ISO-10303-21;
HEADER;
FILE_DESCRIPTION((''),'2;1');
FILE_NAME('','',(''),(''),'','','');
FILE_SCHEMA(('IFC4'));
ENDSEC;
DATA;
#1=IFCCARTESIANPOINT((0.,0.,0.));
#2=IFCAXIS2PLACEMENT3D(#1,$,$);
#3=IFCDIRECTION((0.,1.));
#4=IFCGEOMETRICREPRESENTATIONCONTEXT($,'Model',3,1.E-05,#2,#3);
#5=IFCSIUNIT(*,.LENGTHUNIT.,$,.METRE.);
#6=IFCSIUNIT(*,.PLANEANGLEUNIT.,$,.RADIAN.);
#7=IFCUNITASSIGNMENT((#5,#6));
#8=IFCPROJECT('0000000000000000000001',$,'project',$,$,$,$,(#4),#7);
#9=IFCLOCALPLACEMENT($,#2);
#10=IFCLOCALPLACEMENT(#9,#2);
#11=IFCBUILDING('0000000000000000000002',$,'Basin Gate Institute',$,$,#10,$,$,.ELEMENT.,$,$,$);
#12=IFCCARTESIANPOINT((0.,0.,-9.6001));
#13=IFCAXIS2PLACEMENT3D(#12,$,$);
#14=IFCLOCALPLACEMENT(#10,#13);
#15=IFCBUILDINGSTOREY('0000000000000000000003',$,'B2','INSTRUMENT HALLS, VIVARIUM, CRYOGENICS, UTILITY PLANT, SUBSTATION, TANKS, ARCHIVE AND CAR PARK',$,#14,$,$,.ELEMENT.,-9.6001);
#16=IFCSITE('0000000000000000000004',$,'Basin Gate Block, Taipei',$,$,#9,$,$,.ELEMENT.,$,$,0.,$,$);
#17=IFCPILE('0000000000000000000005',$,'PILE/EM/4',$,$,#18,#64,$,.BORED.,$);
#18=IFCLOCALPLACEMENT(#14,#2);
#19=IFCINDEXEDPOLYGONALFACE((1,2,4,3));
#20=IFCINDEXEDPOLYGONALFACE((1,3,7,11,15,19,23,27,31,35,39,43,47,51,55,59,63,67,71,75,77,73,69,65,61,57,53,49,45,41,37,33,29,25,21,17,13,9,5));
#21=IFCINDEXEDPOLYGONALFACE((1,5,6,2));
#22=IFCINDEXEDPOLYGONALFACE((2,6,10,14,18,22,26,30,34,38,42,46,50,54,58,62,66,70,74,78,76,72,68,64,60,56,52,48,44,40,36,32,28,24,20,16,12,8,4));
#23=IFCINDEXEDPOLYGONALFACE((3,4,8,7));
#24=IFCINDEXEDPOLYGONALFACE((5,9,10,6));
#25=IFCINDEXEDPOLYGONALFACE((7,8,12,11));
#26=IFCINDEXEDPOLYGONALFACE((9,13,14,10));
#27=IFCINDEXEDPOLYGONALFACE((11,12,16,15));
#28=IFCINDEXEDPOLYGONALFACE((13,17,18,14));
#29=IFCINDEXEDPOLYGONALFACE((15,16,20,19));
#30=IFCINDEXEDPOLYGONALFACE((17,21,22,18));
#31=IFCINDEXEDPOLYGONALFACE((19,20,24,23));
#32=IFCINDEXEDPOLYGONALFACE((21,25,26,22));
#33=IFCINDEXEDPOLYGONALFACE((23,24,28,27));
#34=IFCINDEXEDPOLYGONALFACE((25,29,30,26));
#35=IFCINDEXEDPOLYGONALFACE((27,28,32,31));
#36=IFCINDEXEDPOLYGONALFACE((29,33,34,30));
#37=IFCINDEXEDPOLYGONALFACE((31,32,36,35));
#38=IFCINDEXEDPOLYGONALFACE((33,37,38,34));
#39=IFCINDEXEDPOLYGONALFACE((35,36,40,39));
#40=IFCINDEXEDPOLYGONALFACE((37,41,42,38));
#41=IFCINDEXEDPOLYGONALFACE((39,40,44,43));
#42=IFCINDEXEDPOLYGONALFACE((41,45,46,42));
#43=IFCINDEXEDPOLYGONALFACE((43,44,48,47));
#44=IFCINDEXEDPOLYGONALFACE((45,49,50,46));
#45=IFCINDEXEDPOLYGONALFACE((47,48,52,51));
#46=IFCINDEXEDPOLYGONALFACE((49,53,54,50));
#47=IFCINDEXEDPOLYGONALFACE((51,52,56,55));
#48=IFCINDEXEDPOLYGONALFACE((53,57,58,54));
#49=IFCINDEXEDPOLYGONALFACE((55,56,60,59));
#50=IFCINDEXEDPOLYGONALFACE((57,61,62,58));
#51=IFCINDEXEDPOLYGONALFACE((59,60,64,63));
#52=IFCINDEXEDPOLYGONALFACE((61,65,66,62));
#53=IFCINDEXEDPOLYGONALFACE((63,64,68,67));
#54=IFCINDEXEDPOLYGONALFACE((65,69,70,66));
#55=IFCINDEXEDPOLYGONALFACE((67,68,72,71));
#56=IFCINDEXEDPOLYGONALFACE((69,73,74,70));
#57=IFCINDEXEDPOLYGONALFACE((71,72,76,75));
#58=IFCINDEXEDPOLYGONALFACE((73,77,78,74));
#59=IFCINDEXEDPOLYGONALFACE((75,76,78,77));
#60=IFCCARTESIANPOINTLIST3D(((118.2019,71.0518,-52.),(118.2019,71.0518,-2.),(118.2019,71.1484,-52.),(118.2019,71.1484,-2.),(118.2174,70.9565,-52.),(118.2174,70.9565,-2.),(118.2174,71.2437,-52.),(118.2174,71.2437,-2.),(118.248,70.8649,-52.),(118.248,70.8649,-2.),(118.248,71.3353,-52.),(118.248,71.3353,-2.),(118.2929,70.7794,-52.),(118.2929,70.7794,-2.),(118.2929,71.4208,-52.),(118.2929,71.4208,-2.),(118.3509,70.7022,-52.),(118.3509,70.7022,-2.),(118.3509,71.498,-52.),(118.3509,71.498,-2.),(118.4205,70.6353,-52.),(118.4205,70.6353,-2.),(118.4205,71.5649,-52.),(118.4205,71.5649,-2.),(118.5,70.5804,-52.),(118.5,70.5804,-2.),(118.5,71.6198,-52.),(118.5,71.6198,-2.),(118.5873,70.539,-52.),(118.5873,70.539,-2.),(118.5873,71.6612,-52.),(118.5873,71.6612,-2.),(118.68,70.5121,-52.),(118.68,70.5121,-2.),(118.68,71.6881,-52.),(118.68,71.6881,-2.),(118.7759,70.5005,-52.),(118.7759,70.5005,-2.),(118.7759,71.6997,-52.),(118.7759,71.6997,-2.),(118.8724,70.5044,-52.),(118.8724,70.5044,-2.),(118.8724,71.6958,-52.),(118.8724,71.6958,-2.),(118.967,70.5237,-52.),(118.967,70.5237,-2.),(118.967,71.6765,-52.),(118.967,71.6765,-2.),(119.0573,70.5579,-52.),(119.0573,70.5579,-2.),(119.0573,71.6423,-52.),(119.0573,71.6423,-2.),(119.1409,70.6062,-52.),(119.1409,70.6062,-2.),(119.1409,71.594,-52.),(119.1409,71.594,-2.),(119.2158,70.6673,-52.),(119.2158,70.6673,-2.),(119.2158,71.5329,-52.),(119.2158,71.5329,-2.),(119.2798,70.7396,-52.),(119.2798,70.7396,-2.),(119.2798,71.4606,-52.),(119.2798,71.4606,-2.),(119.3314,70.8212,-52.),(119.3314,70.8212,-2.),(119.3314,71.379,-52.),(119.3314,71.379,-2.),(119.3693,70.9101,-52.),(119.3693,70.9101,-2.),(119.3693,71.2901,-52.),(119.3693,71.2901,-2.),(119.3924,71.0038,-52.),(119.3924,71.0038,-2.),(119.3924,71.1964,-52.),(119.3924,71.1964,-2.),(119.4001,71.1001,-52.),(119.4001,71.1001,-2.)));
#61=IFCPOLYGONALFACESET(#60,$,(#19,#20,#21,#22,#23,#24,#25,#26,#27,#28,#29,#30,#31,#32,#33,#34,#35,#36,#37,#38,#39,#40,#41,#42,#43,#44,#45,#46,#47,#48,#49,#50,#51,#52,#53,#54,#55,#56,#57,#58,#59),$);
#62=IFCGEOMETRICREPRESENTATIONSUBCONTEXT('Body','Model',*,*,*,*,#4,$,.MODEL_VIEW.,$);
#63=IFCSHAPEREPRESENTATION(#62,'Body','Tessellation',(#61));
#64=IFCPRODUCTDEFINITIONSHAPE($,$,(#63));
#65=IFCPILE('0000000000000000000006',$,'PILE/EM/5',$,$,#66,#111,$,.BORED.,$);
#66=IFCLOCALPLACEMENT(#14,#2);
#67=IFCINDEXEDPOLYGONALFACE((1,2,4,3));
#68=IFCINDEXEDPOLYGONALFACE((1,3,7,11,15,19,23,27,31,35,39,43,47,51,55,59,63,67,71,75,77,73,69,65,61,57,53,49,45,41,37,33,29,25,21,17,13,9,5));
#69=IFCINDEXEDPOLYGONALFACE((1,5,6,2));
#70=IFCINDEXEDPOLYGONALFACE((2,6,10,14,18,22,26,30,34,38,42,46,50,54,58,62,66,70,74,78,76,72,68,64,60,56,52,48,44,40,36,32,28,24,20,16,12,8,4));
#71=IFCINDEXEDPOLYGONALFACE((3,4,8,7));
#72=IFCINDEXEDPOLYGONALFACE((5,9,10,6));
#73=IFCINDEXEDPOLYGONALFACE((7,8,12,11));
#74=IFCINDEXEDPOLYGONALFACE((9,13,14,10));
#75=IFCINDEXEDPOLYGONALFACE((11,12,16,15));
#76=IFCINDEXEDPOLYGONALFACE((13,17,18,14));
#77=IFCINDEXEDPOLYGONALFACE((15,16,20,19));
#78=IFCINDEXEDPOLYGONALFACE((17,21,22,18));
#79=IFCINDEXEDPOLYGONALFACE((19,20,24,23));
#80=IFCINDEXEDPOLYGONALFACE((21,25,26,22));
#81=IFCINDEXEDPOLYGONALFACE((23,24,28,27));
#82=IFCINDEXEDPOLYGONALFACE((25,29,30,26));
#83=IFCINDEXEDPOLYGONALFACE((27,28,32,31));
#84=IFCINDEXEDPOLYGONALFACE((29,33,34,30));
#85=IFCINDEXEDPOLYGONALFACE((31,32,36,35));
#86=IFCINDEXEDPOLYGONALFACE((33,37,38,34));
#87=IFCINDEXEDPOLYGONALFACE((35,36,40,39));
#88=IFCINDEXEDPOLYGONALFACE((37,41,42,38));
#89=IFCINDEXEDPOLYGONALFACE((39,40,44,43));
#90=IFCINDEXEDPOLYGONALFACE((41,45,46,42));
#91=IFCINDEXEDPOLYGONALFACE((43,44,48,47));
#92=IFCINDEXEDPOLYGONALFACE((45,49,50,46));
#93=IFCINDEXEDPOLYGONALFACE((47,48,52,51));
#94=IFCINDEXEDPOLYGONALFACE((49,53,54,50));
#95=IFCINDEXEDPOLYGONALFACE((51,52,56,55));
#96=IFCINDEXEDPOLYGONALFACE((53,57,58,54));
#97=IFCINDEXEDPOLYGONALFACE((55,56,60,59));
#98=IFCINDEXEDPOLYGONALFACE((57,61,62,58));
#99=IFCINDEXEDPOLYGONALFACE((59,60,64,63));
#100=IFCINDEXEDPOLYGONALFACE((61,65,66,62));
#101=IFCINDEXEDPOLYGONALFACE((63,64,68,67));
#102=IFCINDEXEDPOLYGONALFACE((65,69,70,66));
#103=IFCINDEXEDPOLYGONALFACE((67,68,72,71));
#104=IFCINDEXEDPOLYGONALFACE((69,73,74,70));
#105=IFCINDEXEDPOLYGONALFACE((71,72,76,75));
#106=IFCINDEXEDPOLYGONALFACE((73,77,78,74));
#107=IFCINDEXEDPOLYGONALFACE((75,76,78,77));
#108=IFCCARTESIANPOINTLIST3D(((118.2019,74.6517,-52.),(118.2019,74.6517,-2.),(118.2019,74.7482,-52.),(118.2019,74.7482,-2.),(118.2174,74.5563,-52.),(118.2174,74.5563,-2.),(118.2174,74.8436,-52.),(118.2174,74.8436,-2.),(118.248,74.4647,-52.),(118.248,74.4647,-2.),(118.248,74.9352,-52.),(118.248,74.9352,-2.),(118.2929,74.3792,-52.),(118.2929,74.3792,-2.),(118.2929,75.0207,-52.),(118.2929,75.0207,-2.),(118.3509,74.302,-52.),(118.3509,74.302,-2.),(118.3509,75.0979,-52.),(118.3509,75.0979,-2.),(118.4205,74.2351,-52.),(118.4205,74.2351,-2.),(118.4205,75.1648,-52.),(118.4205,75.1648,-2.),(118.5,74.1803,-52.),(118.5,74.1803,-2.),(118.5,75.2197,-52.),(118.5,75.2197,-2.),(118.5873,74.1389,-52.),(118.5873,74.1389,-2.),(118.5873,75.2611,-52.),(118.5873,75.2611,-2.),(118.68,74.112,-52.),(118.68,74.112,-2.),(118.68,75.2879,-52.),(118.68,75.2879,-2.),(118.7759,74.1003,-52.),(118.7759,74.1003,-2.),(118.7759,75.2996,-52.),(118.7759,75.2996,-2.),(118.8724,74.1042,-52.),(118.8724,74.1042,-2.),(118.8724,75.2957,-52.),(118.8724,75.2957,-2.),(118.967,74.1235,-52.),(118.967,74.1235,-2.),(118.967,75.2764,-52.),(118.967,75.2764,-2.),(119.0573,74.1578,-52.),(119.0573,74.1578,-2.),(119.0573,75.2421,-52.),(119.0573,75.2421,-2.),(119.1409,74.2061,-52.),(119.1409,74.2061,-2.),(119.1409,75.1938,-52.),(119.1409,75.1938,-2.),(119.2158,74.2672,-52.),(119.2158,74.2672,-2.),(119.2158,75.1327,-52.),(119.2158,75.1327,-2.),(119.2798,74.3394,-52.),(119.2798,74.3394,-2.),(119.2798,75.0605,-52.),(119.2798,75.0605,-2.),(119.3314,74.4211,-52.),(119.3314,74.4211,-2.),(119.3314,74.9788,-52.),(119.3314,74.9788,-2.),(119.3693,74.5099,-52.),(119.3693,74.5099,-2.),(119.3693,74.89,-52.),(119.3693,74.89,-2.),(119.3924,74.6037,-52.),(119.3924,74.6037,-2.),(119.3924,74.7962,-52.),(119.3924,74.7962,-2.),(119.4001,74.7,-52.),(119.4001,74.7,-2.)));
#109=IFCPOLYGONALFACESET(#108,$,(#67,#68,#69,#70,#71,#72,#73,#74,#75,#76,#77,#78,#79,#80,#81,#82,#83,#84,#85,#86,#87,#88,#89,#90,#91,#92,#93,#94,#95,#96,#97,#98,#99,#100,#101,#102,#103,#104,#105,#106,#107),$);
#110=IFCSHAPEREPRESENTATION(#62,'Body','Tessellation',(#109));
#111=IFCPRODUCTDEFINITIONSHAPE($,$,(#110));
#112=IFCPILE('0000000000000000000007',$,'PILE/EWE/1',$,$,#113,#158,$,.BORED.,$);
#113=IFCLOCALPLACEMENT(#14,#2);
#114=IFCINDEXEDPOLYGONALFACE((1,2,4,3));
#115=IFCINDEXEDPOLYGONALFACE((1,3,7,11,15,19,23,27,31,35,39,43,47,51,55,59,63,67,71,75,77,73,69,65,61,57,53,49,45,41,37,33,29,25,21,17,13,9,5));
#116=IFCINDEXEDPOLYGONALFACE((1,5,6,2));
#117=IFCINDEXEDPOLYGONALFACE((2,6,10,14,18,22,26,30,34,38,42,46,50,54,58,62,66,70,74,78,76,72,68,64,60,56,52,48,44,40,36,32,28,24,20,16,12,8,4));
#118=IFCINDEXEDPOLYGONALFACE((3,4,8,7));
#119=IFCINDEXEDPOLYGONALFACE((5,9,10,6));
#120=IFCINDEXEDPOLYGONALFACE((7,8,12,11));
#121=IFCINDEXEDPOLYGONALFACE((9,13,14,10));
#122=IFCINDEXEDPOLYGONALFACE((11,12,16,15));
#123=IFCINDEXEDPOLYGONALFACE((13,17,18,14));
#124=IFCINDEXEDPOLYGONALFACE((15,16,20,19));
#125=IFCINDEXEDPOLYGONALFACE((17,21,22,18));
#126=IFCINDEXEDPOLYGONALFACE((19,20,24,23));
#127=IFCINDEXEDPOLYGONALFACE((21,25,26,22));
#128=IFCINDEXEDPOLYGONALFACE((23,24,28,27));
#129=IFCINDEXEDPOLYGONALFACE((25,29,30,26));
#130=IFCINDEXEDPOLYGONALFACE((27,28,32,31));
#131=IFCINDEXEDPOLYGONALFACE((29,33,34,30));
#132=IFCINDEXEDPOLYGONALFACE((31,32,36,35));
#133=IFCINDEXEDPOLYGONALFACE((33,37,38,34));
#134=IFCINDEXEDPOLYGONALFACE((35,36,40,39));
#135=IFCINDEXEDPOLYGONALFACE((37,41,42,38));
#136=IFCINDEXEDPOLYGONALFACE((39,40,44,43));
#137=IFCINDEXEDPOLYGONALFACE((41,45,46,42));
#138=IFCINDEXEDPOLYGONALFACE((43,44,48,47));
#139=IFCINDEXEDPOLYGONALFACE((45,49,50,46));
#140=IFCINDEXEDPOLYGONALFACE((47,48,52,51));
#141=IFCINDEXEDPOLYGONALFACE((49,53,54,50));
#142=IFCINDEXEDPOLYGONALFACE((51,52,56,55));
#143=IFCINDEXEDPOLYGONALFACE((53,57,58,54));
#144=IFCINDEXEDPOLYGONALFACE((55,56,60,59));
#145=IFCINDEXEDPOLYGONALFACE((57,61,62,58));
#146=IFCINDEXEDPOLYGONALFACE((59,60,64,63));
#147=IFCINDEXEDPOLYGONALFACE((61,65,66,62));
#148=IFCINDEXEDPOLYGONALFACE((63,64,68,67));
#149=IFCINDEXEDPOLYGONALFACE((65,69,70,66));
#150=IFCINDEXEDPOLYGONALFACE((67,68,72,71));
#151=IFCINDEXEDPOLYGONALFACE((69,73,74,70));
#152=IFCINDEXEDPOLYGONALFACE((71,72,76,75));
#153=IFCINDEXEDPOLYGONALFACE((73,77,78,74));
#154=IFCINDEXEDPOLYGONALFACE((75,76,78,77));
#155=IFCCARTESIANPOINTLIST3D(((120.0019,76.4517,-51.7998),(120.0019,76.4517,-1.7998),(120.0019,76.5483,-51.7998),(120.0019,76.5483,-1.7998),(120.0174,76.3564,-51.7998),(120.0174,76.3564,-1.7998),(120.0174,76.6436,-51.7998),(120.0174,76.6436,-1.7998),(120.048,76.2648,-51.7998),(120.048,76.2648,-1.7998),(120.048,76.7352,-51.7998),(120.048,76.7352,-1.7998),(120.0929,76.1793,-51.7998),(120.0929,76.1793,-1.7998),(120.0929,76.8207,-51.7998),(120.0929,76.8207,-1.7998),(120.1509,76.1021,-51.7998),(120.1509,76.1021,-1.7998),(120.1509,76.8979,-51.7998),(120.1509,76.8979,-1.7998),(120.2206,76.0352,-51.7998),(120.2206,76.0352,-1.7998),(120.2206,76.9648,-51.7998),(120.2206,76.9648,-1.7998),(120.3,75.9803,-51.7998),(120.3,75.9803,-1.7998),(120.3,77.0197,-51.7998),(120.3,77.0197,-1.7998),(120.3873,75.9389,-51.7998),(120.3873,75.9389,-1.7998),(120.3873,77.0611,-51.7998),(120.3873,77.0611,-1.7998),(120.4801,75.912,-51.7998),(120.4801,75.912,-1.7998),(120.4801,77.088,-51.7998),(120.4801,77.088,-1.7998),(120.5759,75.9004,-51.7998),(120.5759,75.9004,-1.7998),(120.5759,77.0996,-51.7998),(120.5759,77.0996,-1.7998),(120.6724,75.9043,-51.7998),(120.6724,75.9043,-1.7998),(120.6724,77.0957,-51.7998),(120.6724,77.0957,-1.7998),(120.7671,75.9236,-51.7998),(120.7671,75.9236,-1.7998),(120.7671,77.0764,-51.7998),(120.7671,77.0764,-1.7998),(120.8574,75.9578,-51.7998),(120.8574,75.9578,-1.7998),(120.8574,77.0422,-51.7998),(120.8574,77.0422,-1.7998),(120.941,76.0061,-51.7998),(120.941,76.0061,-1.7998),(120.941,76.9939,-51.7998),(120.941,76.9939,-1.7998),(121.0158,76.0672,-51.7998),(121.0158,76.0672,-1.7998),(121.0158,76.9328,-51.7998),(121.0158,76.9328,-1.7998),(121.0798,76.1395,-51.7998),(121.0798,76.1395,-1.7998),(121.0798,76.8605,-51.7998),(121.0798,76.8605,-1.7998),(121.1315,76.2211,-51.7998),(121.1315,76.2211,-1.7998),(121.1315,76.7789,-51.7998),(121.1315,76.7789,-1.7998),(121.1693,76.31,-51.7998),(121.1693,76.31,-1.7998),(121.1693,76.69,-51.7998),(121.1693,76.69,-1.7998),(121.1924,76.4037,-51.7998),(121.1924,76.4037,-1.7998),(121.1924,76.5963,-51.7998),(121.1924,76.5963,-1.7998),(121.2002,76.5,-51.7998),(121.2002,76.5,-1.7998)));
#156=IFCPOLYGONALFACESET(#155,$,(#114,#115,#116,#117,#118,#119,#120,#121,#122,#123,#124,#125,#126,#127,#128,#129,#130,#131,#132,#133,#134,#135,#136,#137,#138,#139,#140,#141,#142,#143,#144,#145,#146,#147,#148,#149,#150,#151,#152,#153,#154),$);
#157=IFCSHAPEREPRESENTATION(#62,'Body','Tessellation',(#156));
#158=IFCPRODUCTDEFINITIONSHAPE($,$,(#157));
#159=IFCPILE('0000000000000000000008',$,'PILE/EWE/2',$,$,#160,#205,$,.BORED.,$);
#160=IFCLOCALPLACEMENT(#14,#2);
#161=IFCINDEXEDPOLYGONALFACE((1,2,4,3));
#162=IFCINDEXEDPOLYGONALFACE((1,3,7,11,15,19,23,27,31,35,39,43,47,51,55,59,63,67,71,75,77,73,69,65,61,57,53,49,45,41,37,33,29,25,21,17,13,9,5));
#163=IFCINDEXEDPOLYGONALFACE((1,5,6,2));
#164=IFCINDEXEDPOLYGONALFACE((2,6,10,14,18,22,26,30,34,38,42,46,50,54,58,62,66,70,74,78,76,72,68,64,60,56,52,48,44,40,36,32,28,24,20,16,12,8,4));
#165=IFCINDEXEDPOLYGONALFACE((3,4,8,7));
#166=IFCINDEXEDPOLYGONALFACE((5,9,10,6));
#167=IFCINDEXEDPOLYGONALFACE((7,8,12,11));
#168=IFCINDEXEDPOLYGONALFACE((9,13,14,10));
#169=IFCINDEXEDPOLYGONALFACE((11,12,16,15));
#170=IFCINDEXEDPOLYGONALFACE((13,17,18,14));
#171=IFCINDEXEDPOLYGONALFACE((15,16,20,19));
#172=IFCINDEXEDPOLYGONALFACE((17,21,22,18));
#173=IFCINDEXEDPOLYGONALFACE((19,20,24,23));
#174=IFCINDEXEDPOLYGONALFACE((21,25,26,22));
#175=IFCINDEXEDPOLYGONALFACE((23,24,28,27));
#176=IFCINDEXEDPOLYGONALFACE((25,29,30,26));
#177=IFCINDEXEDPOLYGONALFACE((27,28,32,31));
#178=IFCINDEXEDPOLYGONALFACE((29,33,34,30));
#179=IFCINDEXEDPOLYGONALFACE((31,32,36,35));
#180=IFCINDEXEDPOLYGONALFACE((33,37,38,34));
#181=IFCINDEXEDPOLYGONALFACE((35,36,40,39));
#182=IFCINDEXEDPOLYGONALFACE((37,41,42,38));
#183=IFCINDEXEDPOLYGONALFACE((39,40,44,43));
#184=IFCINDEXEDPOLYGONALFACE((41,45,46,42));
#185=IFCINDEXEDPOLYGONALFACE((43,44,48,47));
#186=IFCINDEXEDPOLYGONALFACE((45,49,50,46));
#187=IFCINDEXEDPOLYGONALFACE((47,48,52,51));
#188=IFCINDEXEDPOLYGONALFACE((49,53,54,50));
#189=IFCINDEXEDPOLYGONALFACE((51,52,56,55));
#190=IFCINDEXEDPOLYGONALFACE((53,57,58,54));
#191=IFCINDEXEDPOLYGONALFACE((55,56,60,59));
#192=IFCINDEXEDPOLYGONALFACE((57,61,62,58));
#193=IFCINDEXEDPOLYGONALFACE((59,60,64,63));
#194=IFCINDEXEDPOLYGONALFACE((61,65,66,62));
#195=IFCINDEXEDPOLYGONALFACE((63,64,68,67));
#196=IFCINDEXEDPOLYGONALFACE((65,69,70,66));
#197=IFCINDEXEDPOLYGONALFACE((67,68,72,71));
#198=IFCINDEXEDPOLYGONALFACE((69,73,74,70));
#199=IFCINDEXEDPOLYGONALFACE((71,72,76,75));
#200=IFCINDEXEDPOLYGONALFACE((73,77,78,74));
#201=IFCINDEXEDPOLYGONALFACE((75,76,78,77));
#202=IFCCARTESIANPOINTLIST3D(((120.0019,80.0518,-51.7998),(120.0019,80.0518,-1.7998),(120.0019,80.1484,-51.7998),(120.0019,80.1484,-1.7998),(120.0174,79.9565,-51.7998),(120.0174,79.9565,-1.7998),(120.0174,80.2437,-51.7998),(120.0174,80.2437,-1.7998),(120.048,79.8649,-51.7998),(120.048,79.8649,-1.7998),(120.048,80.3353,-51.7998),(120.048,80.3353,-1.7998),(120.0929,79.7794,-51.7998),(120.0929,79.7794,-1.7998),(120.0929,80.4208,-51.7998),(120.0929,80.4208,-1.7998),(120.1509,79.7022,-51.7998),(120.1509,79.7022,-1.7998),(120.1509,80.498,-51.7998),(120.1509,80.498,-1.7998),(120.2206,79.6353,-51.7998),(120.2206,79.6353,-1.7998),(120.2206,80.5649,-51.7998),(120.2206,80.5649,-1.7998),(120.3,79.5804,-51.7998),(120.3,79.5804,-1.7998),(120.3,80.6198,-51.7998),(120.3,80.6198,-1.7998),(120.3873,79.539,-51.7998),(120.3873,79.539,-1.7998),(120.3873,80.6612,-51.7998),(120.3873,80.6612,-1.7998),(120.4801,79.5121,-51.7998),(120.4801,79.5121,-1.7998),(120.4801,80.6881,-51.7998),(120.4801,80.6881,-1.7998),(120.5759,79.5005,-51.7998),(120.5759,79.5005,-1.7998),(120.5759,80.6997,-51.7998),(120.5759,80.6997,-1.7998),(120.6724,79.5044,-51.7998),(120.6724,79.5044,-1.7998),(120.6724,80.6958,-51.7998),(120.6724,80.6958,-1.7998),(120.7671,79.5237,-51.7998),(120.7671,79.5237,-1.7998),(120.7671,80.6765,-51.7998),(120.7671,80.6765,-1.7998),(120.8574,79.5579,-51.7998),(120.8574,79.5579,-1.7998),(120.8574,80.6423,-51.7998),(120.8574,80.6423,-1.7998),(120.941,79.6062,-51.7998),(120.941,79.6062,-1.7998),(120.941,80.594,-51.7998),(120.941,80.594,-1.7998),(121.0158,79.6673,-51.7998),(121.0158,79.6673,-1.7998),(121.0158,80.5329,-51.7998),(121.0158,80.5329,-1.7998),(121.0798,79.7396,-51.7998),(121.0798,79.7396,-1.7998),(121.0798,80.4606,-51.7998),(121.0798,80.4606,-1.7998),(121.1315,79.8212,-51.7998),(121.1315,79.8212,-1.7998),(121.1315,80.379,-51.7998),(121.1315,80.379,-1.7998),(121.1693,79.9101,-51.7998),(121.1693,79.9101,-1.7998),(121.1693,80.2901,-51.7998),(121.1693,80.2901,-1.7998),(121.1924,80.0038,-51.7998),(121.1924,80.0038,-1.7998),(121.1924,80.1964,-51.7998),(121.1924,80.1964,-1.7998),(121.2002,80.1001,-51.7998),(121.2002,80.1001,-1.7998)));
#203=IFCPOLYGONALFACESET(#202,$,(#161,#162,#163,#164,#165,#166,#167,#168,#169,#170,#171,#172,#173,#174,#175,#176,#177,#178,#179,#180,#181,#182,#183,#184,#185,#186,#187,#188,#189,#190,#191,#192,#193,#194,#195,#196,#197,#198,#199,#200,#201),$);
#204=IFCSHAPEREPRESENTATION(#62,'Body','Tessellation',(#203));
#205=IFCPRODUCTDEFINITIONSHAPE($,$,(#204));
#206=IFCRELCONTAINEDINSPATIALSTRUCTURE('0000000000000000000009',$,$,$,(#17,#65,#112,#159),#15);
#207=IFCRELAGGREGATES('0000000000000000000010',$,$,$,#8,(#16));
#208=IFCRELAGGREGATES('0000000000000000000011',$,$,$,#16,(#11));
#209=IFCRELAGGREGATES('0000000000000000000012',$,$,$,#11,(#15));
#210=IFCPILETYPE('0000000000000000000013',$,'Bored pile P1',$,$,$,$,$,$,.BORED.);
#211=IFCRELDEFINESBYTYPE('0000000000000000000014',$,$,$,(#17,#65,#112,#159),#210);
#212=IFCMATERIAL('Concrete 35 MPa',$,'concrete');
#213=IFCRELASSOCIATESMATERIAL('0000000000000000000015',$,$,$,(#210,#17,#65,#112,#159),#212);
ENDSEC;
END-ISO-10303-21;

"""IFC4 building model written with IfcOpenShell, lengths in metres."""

from ifc_helpers import new_model, si_unit, direction, frame, origin, origin_2d, place, context, subcontext, project, spatial, circle, extrude, material, material_profile, profile_set, type_object, element, save


model = new_model("IFC4")

# Units and contexts
model_context = context("Model", 3, precision=1e-05, world=origin(), true_north=direction((0.0, 1.0)))
body_context = subcontext(model_context, "Body", "Model", "MODEL_VIEW")
ifc_project = project(units=[si_unit("LENGTHUNIT", "METRE"), si_unit("PLANEANGLEUNIT", "RADIAN")], contexts=[model_context])

# Site, building, storey
site_placement = place(None, origin())
site = spatial("IfcSite", under=ifc_project, at=site_placement, Name="Basin Gate Block, Taipei", CompositionType="ELEMENT", RefElevation=0.0)
building_placement = place(site_placement, origin())
building = spatial("IfcBuilding", under=site, at=building_placement, Name="Basin Gate Institute", CompositionType="ELEMENT")
storey_placement = place(building_placement, frame((0.0, 0.0, -9.6001)))
storey = spatial("IfcBuildingStorey", under=building, at=storey_placement, Name="B2", Description="INSTRUMENT HALLS, VIVARIUM, CRYOGENICS, UTILITY PLANT, SUBSTATION, TANKS, ARCHIVE AND CAR PARK", CompositionType="ELEMENT", Elevation=-9.6001)

# Piles
ifc_material_1 = material(Name="Concrete 35 MPa", Category="concrete")
ifc_material_profile_1 = material_profile(ifc_material_1, circle(Radius=0.6001, at=origin_2d()), Name="Bored pile P1 1200 dia")
ifc_profile_set_1 = profile_set([ifc_material_profile_1], Name="Concrete 35 MPa")
pile_type = type_object("IfcPileType", Name="Bored pile P1", PredefinedType="BORED", material=ifc_profile_set_1)
for number, where, z_axis, x_axis, name in (
    (1, (118.8, 71.1001, -2.0), (0.0, 0.0, -1.0), (1.0, 0.0, 0.0), "PILE/EM/4"),
    (2, (118.8, 74.7, -2.0), (0.0, 0.0, -1.0), (1.0, 0.0, 0.0), "PILE/EM/5"),
    (3, (120.6001, 76.5, -1.7998), (0.0, 0.0, -1.0), (1.0, 0.0, 0.0), "PILE/EWE/1"),
    (4, (120.6001, 80.1001, -1.7998), (0.0, 0.0, -1.0), (1.0, 0.0, 0.0), "PILE/EWE/2"),
):
    element("IfcPile", number, at=place(storey_placement, frame(where, z_axis=z_axis, x_axis=x_axis)), inside=storey, type_object=pile_type, material=ifc_profile_set_1, Name=name, PredefinedType="BORED", context=body_context, shape_type="SweptSolid", body=[
        extrude(circle(Radius=0.6001, at=origin_2d()), origin(), (0.0, 0.0, 1.0), 50.0),
    ])

save(model, "model.ifc")
